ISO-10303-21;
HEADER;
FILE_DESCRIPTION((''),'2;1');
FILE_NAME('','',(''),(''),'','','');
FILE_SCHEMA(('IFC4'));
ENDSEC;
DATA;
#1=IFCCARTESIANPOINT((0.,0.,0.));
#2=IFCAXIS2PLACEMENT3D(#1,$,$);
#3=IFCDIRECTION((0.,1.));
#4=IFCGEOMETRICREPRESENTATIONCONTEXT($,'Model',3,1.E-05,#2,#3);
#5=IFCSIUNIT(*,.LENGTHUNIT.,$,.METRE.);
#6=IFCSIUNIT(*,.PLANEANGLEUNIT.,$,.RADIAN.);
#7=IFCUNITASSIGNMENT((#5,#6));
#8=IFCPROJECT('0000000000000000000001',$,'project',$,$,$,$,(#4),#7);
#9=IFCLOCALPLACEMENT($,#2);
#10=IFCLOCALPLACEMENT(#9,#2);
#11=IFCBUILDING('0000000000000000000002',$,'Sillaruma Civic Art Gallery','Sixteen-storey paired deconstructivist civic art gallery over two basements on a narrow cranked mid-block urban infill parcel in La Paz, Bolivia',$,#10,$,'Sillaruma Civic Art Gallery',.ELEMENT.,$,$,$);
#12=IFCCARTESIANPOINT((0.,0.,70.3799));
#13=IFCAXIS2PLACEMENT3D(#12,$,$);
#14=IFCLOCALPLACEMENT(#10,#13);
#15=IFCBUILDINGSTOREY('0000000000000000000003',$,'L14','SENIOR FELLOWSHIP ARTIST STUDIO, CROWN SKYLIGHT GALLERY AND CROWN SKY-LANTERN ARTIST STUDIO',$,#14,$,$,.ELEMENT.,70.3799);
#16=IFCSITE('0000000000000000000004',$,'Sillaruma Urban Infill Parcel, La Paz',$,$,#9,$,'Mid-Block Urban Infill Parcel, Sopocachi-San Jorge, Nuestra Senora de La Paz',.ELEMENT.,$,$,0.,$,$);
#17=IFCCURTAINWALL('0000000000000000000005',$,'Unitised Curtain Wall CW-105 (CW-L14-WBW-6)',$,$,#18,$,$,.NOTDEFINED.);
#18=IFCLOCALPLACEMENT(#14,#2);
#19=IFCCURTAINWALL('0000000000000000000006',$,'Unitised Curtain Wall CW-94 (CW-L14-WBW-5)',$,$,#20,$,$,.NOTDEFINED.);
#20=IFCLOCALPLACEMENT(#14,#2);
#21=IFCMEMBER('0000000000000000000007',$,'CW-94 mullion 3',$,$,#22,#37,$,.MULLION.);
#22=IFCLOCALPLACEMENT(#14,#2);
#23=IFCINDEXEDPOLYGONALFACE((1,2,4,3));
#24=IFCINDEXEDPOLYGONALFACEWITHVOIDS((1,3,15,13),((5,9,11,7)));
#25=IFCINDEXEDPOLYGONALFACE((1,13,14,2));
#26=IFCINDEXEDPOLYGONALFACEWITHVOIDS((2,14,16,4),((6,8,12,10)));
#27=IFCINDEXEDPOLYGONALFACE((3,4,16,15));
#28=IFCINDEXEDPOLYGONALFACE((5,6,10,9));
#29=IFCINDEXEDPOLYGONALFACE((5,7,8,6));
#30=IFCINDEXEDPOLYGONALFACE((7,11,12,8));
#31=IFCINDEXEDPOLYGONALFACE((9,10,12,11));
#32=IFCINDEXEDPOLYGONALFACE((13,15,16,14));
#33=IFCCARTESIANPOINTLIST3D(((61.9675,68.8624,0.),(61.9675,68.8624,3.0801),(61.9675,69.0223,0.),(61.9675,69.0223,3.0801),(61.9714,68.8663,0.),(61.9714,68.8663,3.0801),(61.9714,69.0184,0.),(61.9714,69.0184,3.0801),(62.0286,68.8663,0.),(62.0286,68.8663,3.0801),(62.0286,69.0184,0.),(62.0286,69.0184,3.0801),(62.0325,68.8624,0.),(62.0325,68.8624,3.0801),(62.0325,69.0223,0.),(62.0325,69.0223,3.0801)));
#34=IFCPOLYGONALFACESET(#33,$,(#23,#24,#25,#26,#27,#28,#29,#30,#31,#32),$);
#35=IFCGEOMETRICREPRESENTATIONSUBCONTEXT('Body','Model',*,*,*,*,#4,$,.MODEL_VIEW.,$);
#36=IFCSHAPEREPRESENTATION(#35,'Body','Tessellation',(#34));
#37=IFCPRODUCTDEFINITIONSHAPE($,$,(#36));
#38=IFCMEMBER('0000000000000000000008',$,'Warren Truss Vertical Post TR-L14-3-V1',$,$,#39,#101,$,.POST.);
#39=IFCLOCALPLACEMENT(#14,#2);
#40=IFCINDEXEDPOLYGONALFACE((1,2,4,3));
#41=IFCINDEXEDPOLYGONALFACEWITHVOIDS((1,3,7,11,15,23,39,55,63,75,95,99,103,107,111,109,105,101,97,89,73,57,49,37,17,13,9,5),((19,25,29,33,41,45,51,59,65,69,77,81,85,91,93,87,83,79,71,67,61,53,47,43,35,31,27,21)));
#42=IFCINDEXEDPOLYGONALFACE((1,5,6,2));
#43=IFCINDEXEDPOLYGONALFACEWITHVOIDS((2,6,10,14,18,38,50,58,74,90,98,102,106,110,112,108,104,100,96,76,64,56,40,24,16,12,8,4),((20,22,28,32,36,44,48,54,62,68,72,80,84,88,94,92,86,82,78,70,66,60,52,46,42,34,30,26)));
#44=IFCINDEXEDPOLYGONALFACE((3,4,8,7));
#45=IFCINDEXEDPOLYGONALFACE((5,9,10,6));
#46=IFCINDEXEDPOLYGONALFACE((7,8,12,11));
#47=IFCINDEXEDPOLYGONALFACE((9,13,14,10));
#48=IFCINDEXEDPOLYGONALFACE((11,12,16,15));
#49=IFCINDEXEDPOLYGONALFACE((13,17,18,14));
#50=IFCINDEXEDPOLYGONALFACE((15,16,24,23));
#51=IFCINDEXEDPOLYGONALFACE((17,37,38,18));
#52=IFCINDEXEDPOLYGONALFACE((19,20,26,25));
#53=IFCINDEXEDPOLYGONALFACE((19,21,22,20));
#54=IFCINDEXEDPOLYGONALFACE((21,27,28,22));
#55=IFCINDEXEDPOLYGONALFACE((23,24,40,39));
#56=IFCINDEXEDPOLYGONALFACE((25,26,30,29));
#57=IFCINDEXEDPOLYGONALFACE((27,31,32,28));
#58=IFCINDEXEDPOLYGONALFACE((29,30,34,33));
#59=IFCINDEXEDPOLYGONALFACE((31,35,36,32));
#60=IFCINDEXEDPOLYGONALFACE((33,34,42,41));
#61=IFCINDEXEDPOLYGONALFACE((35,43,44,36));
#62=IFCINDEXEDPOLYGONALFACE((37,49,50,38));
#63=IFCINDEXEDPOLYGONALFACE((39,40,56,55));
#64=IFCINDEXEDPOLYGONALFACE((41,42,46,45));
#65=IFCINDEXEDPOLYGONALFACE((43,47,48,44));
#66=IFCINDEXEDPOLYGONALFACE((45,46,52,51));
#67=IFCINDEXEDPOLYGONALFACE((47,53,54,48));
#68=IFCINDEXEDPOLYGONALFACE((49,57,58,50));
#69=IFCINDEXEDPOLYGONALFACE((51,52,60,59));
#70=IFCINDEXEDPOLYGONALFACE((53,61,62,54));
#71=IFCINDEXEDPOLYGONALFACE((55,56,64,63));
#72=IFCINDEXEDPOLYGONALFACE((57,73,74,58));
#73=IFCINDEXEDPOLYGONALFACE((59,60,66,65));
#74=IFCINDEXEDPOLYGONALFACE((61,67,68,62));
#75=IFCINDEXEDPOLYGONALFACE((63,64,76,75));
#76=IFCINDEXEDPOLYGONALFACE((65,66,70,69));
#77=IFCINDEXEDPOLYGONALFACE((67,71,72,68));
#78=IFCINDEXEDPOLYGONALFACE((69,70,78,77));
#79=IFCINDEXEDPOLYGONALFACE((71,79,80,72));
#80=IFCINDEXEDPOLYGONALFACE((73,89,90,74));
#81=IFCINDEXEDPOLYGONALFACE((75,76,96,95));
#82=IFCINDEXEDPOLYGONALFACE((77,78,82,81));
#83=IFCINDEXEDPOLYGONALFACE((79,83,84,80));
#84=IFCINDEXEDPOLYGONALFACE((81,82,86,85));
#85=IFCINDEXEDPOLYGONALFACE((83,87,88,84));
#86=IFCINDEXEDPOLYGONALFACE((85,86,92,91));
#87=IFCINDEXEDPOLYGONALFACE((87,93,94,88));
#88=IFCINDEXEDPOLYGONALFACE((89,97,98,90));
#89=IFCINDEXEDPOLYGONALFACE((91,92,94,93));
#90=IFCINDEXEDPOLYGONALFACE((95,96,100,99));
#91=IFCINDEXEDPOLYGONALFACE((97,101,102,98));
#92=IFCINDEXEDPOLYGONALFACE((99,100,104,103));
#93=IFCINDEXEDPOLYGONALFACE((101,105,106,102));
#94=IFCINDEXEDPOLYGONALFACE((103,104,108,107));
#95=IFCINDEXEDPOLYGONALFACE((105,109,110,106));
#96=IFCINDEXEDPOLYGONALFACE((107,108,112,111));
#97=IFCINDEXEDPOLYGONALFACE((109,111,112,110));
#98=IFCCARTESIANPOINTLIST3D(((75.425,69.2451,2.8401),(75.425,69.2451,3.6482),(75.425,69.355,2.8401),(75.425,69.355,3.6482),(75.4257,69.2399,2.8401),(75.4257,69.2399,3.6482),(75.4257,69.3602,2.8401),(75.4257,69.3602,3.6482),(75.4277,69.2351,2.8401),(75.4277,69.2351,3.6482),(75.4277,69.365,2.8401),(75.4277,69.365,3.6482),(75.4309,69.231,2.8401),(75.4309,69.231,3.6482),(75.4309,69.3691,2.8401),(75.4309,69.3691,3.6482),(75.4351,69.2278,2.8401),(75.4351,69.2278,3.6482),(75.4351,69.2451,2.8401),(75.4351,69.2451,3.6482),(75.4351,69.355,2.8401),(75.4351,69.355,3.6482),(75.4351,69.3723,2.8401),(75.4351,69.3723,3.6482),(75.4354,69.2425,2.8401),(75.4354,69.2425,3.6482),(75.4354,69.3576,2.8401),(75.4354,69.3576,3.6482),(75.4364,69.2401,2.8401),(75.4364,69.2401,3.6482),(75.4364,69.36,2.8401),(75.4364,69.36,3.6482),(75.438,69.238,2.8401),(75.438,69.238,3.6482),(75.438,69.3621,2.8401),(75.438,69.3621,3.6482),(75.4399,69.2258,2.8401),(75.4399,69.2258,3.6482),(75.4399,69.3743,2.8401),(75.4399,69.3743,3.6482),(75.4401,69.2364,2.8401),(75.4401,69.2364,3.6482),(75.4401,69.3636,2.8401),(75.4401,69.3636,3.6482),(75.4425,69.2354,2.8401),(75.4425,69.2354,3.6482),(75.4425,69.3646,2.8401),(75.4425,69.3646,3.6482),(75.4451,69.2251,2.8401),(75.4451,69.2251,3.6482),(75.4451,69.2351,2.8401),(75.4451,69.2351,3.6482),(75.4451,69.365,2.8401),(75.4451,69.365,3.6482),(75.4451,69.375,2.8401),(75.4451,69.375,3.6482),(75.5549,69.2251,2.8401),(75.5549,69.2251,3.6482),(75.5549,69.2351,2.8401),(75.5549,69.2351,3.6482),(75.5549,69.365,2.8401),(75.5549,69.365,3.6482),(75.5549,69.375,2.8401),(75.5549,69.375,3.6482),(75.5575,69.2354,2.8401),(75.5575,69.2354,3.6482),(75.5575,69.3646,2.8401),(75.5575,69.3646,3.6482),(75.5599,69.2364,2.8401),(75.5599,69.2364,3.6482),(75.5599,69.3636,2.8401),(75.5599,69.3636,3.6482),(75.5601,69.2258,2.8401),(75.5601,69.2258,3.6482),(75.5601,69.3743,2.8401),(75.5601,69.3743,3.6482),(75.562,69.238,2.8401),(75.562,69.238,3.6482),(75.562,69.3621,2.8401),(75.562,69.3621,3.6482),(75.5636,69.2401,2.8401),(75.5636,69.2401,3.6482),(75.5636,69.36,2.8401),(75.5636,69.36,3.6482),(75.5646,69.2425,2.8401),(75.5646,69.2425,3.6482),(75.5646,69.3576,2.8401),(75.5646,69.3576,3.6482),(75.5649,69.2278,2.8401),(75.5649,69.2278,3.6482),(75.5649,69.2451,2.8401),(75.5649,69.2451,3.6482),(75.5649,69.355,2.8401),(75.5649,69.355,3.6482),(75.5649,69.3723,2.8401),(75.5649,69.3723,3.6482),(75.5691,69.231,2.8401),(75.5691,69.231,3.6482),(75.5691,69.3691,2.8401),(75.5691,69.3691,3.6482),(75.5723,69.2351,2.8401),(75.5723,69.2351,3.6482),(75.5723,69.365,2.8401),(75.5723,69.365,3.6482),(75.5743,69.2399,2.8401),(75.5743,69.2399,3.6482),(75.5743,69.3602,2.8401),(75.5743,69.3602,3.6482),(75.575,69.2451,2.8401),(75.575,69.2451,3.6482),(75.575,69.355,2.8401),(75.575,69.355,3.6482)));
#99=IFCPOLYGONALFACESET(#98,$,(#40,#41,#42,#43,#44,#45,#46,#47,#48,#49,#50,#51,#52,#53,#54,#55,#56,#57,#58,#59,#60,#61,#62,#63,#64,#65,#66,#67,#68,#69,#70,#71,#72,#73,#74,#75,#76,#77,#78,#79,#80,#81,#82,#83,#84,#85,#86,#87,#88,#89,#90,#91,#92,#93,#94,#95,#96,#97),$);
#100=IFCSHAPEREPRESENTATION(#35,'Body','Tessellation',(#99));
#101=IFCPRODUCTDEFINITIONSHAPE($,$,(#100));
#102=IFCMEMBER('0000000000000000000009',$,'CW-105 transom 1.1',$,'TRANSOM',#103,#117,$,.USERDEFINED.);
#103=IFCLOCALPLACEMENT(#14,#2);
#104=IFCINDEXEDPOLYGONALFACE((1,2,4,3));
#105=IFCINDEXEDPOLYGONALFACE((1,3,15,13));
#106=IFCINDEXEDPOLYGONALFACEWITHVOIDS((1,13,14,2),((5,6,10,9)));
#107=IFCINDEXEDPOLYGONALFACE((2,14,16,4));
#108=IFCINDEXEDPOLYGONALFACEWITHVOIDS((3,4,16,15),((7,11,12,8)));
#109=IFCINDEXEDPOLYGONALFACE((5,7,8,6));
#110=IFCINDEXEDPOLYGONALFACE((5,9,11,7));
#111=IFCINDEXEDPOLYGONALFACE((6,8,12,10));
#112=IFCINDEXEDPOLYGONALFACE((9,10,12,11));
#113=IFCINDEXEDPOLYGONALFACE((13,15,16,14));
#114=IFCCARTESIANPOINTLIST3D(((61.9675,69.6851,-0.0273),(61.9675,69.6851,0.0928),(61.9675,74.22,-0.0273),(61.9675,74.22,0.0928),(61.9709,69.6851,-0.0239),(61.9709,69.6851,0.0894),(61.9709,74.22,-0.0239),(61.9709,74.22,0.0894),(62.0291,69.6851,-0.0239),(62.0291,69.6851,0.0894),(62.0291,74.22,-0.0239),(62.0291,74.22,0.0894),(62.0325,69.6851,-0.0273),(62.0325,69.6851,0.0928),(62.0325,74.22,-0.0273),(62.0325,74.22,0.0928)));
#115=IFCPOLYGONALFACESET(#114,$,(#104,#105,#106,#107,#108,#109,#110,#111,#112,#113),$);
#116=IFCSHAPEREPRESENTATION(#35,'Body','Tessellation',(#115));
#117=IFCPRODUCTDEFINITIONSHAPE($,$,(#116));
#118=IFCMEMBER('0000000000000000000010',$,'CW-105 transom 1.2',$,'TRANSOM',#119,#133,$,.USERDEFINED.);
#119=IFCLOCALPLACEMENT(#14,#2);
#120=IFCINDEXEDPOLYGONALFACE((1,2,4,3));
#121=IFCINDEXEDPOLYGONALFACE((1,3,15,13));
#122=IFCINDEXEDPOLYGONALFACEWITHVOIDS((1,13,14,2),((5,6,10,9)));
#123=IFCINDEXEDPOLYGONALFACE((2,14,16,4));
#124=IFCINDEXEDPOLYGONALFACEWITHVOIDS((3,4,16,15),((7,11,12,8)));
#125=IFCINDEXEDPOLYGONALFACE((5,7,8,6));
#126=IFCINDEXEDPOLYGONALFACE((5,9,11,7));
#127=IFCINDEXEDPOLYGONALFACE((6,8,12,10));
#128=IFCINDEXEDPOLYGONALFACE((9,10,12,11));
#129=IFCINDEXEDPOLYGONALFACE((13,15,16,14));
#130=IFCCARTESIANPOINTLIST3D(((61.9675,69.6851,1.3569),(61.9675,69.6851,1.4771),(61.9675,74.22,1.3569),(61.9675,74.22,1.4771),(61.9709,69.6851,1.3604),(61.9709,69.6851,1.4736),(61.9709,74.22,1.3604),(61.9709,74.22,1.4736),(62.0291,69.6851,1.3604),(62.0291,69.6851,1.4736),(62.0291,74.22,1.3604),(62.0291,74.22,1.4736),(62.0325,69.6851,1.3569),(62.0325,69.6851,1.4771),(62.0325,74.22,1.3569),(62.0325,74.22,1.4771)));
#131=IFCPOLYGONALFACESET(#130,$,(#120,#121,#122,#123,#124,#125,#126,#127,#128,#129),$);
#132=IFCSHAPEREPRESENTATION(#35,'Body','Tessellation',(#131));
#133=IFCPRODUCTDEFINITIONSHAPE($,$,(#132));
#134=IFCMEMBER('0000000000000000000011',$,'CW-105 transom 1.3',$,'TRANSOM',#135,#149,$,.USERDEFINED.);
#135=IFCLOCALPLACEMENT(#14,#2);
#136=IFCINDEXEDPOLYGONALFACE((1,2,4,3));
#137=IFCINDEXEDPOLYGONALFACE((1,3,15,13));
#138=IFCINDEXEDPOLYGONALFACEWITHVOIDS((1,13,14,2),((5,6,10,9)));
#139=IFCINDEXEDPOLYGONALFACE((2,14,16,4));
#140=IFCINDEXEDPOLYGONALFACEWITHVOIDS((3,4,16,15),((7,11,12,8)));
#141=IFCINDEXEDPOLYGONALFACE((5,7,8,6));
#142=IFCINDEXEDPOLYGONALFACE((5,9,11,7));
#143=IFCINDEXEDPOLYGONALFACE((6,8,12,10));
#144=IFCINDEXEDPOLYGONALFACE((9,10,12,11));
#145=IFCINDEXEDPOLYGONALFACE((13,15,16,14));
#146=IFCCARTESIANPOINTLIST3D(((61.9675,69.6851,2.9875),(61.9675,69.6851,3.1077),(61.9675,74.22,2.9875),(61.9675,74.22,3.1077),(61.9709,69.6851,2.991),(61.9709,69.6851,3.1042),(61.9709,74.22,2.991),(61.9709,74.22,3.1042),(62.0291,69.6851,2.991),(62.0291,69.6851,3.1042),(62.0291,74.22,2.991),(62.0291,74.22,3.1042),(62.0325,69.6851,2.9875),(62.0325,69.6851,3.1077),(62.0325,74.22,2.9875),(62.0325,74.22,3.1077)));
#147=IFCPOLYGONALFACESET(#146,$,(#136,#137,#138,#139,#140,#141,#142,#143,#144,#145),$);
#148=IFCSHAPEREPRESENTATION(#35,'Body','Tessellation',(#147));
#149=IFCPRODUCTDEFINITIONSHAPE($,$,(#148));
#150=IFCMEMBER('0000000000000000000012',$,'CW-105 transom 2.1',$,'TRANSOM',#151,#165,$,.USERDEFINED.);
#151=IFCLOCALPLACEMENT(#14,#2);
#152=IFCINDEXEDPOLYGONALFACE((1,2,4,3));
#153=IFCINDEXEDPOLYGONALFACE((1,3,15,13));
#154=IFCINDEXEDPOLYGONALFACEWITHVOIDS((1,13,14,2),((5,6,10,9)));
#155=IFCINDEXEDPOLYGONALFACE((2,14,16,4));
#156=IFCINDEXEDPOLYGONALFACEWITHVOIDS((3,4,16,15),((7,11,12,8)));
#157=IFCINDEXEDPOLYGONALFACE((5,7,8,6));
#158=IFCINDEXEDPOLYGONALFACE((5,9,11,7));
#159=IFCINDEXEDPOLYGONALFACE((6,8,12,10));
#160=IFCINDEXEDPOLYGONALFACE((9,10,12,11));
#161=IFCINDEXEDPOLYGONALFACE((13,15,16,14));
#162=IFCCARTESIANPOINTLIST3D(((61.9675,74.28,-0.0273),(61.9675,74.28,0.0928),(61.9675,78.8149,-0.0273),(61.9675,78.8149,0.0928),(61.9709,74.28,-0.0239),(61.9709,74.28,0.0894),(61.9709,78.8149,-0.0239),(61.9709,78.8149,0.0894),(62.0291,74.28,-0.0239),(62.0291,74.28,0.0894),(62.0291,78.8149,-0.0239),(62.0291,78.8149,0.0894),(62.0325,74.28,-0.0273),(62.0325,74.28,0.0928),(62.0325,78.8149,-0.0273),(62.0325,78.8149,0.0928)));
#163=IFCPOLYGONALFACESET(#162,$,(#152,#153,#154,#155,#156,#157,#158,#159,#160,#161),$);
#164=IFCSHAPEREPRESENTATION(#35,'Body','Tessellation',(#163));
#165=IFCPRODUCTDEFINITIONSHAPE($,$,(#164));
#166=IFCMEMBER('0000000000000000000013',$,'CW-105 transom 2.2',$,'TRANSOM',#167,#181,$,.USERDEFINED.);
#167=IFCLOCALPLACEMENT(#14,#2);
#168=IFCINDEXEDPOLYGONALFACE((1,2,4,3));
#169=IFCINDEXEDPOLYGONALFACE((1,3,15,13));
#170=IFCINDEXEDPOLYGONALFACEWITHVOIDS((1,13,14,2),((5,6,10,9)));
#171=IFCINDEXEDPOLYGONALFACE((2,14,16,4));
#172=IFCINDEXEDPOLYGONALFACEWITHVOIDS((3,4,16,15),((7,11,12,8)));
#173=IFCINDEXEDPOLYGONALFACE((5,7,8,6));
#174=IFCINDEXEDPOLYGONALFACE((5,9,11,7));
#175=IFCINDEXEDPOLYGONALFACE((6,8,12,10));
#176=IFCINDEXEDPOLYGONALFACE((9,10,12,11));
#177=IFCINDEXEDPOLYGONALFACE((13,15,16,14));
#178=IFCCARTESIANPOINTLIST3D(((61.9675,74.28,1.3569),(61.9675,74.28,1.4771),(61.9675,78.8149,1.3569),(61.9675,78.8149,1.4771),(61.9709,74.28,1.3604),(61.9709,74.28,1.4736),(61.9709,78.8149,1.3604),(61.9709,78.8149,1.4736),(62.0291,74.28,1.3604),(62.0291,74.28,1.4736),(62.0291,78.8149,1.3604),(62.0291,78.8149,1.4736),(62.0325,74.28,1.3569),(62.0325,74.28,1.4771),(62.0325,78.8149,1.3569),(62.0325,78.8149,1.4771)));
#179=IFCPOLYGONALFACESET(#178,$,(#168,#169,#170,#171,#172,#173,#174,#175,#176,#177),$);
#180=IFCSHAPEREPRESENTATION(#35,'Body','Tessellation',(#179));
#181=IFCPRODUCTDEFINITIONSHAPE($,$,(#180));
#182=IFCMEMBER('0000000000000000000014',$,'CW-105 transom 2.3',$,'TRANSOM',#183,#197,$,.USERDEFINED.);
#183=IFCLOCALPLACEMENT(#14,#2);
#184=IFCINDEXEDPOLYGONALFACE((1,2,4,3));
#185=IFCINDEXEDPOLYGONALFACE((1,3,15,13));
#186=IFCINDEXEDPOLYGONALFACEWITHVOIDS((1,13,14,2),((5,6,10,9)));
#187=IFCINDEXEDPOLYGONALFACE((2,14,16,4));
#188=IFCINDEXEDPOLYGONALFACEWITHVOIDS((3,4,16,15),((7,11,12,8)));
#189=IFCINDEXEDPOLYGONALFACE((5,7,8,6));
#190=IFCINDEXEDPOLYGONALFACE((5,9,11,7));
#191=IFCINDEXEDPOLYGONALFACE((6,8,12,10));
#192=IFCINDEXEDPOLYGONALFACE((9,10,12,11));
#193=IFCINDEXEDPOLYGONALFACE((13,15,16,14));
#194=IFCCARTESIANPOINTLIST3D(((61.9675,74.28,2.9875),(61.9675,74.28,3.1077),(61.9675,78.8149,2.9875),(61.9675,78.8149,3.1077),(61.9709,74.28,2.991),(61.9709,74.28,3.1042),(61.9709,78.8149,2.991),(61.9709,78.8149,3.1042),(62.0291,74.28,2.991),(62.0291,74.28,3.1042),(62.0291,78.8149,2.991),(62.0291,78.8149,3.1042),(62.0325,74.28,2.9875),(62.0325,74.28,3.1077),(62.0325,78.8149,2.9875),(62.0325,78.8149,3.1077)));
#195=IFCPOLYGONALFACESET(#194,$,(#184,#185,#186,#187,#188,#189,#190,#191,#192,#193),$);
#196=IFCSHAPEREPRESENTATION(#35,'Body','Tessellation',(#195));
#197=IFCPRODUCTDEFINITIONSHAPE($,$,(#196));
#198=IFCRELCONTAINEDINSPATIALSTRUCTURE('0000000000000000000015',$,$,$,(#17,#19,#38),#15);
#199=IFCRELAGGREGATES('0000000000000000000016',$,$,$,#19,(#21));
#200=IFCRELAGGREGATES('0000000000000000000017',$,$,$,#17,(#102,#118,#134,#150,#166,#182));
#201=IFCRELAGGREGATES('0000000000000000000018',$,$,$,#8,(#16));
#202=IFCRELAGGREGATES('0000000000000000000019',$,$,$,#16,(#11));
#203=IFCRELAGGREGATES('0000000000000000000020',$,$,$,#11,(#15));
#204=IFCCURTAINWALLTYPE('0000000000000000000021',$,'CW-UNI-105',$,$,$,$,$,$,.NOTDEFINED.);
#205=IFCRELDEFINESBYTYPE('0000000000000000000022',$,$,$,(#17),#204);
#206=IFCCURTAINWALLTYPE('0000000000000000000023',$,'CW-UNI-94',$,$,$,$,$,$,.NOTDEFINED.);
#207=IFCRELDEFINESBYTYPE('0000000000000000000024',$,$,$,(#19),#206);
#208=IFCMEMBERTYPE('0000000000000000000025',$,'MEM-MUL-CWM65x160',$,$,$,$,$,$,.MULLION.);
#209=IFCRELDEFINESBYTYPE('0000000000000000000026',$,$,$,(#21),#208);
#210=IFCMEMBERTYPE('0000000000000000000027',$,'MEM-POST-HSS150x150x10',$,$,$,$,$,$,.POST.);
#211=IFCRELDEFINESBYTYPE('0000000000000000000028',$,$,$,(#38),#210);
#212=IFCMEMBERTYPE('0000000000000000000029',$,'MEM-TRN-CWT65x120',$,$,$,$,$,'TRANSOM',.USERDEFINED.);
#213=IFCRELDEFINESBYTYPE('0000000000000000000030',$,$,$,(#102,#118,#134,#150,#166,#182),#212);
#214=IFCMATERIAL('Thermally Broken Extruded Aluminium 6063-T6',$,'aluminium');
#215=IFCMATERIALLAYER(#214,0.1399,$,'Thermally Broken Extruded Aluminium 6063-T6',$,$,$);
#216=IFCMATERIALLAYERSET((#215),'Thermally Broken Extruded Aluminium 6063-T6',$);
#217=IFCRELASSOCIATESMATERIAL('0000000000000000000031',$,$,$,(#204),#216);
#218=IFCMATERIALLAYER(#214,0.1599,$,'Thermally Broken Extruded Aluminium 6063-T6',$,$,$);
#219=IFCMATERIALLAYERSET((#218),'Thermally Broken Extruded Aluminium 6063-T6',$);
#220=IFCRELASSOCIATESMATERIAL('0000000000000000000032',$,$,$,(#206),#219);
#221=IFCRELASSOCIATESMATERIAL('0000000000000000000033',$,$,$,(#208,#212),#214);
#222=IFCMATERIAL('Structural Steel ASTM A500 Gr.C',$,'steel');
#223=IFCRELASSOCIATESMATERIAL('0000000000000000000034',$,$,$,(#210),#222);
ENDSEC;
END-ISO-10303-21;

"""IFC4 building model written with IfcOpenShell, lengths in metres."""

from ifc_helpers import new_model, si_unit, direction, frame, origin, origin_2d, place, context, subcontext, project, spatial, hollow_rectangle, extrude, material, layer, layer_set, material_profile, profile_set, type_object, element, aggregate, save


model = new_model("IFC4")

# Units and contexts
model_context = context("Model", 3, precision=1e-05, world=origin(), true_north=direction((0.0, 1.0)))
body_context = subcontext(model_context, "Body", "Model", "MODEL_VIEW")
ifc_project = project(units=[si_unit("LENGTHUNIT", "METRE"), si_unit("PLANEANGLEUNIT", "RADIAN")], contexts=[model_context])

# Site, building, storey
site_placement = place(None, origin())
site = spatial("IfcSite", under=ifc_project, at=site_placement, Name="Sillaruma Urban Infill Parcel, La Paz", LongName="Mid-Block Urban Infill Parcel, Sopocachi-San Jorge, Nuestra Senora de La Paz", CompositionType="ELEMENT", RefElevation=0.0)
building_placement = place(site_placement, origin())
building = spatial("IfcBuilding", under=site, at=building_placement, Name="Sillaruma Civic Art Gallery", Description="Sixteen-storey paired deconstructivist civic art gallery over two basements on a narrow cranked mid-block urban infill parcel in La Paz, Bolivia", LongName="Sillaruma Civic Art Gallery", CompositionType="ELEMENT")
storey_placement = place(building_placement, frame((0.0, 0.0, 70.3799)))
storey = spatial("IfcBuildingStorey", under=building, at=storey_placement, Name="L14", Description="SENIOR FELLOWSHIP ARTIST STUDIO, CROWN SKYLIGHT GALLERY AND CROWN SKY-LANTERN ARTIST STUDIO", CompositionType="ELEMENT", Elevation=70.3799)

# Shared definitions
ifc_material_1 = material(Name="Structural Steel ASTM A500 Gr.C", Category="steel")

# Curtain wall
ifc_material_2 = material(Name="Thermally Broken Extruded Aluminium 6063-T6", Category="aluminium")
ifc_layer_1 = layer(ifc_material_2, 0.1399, Name="Thermally Broken Extruded Aluminium 6063-T6")
ifc_layer_set_1 = layer_set([ifc_layer_1], Name="Thermally Broken Extruded Aluminium 6063-T6")
curtain_wall_type_1 = type_object("IfcCurtainWallType", Name="CW-UNI-105", PredefinedType="NOTDEFINED", material=ifc_layer_set_1)
curtain_wall_1_placement = place(storey_placement, origin())
curtain_wall_1 = element("IfcCurtainWall", 1, at=curtain_wall_1_placement, inside=storey, type_object=curtain_wall_type_1, Name="Unitised Curtain Wall CW-105 (CW-L14-WBW-6)", PredefinedType="NOTDEFINED")

# Curtain wall, member
ifc_layer_2 = layer(ifc_material_2, 0.1599, Name="Thermally Broken Extruded Aluminium 6063-T6")
ifc_layer_set_2 = layer_set([ifc_layer_2], Name="Thermally Broken Extruded Aluminium 6063-T6")
curtain_wall_type_2 = type_object("IfcCurtainWallType", Name="CW-UNI-94", PredefinedType="NOTDEFINED", material=ifc_layer_set_2)
curtain_wall_2_placement = place(storey_placement, origin())
curtain_wall_2 = element("IfcCurtainWall", 2, at=curtain_wall_2_placement, inside=storey, type_object=curtain_wall_type_2, Name="Unitised Curtain Wall CW-94 (CW-L14-WBW-5)", PredefinedType="NOTDEFINED")
ifc_material_profile_1 = material_profile(ifc_material_2, hollow_rectangle(XDim=0.0649, YDim=0.1599, WallThickness=0.0039, at=origin_2d()), Name="CWM65x160")
ifc_profile_set_1 = profile_set([ifc_material_profile_1], Name="Thermally Broken Extruded Aluminium 6063-T6")
member_type_1 = type_object("IfcMemberType", Name="MEM-MUL-CWM65x160", PredefinedType="MULLION", material=ifc_profile_set_1)
member_1_placement = place(storey_placement, frame((62.0, 68.9424, 0.0), z_axis=(0.0, 0.0, 1.0), x_axis=(-1.0, 0.0, 0.0)))
member_1 = element("IfcMember", 3, at=member_1_placement, type_object=member_type_1, Name="CW-94 mullion 3", PredefinedType="MULLION", context=body_context, shape_type="SweptSolid", body=[
    extrude(hollow_rectangle(XDim=0.0649, YDim=0.1599, WallThickness=0.0039, at=origin_2d()), origin(), (0.0, 0.0, 1.0), 3.0801),
])

# Members
ifc_material_profile_2 = material_profile(ifc_material_1, hollow_rectangle(XDim=0.1499, YDim=0.1499, WallThickness=0.01, InnerFilletRadius=0.01, OuterFilletRadius=0.02, at=origin_2d()), Name="HSS150x150x10")
ifc_profile_set_2 = profile_set([ifc_material_profile_2], Name="Structural Steel ASTM A500 Gr.C")
member_type_2 = type_object("IfcMemberType", Name="MEM-POST-HSS150x150x10", PredefinedType="POST", material=ifc_profile_set_2)
member_2_placement = place(storey_placement, frame((75.5, 69.3, 2.8401), z_axis=(0.0, 0.0, 1.0), x_axis=(1.0, 0.0, 0.0)))
element("IfcMember", 4, at=member_2_placement, inside=storey, type_object=member_type_2, Name="Warren Truss Vertical Post TR-L14-3-V1", PredefinedType="POST", context=body_context, shape_type="SweptSolid", body=[
    extrude(hollow_rectangle(XDim=0.1499, YDim=0.1499, WallThickness=0.01, InnerFilletRadius=0.01, OuterFilletRadius=0.02, at=origin_2d()), origin(), (0.0, 0.0, 1.0), 0.8081),
])
ifc_material_profile_3 = material_profile(ifc_material_2, hollow_rectangle(XDim=0.0649, YDim=0.1201, WallThickness=0.0034, at=origin_2d()), Name="CWT65x120")
ifc_profile_set_3 = profile_set([ifc_material_profile_3], Name="Thermally Broken Extruded Aluminium 6063-T6")
member_type_3 = type_object("IfcMemberType", Name="MEM-TRN-CWT65x120", ElementType="TRANSOM", PredefinedType="USERDEFINED", material=ifc_profile_set_3)
member_3_placement = place(storey_placement, frame((62.0, 69.6851, 0.0327), z_axis=(0.0, 1.0, 0.0), x_axis=(-1.0, 0.0, 0.0)))
member_3 = element("IfcMember", 5, at=member_3_placement, type_object=member_type_3, Name="CW-105 transom 1.1", ObjectType="TRANSOM", PredefinedType="USERDEFINED", context=body_context, shape_type="SweptSolid", body=[
    extrude(hollow_rectangle(XDim=0.0649, YDim=0.1201, WallThickness=0.0034, at=origin_2d()), origin(), (0.0, 0.0, 1.0), 4.5349),
])
member_4_placement = place(storey_placement, frame((62.0, 69.6851, 1.417), z_axis=(0.0, 1.0, 0.0), x_axis=(-1.0, 0.0, 0.0)))
member_4 = element("IfcMember", 6, at=member_4_placement, type_object=member_type_3, Name="CW-105 transom 1.2", ObjectType="TRANSOM", PredefinedType="USERDEFINED", context=body_context, shape_type="SweptSolid", body=[
    extrude(hollow_rectangle(XDim=0.0649, YDim=0.1201, WallThickness=0.0034, at=origin_2d()), origin(), (0.0, 0.0, 1.0), 4.5349),
])
member_5_placement = place(storey_placement, frame((62.0, 69.6851, 3.0476), z_axis=(0.0, 1.0, 0.0), x_axis=(-1.0, 0.0, 0.0)))
member_5 = element("IfcMember", 7, at=member_5_placement, type_object=member_type_3, Name="CW-105 transom 1.3", ObjectType="TRANSOM", PredefinedType="USERDEFINED", context=body_context, shape_type="SweptSolid", body=[
    extrude(hollow_rectangle(XDim=0.0649, YDim=0.1201, WallThickness=0.0034, at=origin_2d()), origin(), (0.0, 0.0, 1.0), 4.5349),
])
member_6_placement = place(storey_placement, frame((62.0, 74.28, 0.0327), z_axis=(0.0, 1.0, 0.0), x_axis=(-1.0, 0.0, 0.0)))
member_6 = element("IfcMember", 8, at=member_6_placement, type_object=member_type_3, Name="CW-105 transom 2.1", ObjectType="TRANSOM", PredefinedType="USERDEFINED", context=body_context, shape_type="SweptSolid", body=[
    extrude(hollow_rectangle(XDim=0.0649, YDim=0.1201, WallThickness=0.0034, at=origin_2d()), origin(), (0.0, 0.0, 1.0), 4.5349),
])
member_7_placement = place(storey_placement, frame((62.0, 74.28, 1.417), z_axis=(0.0, 1.0, 0.0), x_axis=(-1.0, 0.0, 0.0)))
member_7 = element("IfcMember", 9, at=member_7_placement, type_object=member_type_3, Name="CW-105 transom 2.2", ObjectType="TRANSOM", PredefinedType="USERDEFINED", context=body_context, shape_type="SweptSolid", body=[
    extrude(hollow_rectangle(XDim=0.0649, YDim=0.1201, WallThickness=0.0034, at=origin_2d()), origin(), (0.0, 0.0, 1.0), 4.5349),
])
member_8_placement = place(storey_placement, frame((62.0, 74.28, 3.0476), z_axis=(0.0, 1.0, 0.0), x_axis=(-1.0, 0.0, 0.0)))
member_8 = element("IfcMember", 10, at=member_8_placement, type_object=member_type_3, Name="CW-105 transom 2.3", ObjectType="TRANSOM", PredefinedType="USERDEFINED", context=body_context, shape_type="SweptSolid", body=[
    extrude(hollow_rectangle(XDim=0.0649, YDim=0.1201, WallThickness=0.0034, at=origin_2d()), origin(), (0.0, 0.0, 1.0), 4.5349),
])

aggregate(curtain_wall_2, [member_1])
aggregate(curtain_wall_1, [member_3, member_4, member_5, member_6, member_7, member_8])

save(model, "model.ifc")
